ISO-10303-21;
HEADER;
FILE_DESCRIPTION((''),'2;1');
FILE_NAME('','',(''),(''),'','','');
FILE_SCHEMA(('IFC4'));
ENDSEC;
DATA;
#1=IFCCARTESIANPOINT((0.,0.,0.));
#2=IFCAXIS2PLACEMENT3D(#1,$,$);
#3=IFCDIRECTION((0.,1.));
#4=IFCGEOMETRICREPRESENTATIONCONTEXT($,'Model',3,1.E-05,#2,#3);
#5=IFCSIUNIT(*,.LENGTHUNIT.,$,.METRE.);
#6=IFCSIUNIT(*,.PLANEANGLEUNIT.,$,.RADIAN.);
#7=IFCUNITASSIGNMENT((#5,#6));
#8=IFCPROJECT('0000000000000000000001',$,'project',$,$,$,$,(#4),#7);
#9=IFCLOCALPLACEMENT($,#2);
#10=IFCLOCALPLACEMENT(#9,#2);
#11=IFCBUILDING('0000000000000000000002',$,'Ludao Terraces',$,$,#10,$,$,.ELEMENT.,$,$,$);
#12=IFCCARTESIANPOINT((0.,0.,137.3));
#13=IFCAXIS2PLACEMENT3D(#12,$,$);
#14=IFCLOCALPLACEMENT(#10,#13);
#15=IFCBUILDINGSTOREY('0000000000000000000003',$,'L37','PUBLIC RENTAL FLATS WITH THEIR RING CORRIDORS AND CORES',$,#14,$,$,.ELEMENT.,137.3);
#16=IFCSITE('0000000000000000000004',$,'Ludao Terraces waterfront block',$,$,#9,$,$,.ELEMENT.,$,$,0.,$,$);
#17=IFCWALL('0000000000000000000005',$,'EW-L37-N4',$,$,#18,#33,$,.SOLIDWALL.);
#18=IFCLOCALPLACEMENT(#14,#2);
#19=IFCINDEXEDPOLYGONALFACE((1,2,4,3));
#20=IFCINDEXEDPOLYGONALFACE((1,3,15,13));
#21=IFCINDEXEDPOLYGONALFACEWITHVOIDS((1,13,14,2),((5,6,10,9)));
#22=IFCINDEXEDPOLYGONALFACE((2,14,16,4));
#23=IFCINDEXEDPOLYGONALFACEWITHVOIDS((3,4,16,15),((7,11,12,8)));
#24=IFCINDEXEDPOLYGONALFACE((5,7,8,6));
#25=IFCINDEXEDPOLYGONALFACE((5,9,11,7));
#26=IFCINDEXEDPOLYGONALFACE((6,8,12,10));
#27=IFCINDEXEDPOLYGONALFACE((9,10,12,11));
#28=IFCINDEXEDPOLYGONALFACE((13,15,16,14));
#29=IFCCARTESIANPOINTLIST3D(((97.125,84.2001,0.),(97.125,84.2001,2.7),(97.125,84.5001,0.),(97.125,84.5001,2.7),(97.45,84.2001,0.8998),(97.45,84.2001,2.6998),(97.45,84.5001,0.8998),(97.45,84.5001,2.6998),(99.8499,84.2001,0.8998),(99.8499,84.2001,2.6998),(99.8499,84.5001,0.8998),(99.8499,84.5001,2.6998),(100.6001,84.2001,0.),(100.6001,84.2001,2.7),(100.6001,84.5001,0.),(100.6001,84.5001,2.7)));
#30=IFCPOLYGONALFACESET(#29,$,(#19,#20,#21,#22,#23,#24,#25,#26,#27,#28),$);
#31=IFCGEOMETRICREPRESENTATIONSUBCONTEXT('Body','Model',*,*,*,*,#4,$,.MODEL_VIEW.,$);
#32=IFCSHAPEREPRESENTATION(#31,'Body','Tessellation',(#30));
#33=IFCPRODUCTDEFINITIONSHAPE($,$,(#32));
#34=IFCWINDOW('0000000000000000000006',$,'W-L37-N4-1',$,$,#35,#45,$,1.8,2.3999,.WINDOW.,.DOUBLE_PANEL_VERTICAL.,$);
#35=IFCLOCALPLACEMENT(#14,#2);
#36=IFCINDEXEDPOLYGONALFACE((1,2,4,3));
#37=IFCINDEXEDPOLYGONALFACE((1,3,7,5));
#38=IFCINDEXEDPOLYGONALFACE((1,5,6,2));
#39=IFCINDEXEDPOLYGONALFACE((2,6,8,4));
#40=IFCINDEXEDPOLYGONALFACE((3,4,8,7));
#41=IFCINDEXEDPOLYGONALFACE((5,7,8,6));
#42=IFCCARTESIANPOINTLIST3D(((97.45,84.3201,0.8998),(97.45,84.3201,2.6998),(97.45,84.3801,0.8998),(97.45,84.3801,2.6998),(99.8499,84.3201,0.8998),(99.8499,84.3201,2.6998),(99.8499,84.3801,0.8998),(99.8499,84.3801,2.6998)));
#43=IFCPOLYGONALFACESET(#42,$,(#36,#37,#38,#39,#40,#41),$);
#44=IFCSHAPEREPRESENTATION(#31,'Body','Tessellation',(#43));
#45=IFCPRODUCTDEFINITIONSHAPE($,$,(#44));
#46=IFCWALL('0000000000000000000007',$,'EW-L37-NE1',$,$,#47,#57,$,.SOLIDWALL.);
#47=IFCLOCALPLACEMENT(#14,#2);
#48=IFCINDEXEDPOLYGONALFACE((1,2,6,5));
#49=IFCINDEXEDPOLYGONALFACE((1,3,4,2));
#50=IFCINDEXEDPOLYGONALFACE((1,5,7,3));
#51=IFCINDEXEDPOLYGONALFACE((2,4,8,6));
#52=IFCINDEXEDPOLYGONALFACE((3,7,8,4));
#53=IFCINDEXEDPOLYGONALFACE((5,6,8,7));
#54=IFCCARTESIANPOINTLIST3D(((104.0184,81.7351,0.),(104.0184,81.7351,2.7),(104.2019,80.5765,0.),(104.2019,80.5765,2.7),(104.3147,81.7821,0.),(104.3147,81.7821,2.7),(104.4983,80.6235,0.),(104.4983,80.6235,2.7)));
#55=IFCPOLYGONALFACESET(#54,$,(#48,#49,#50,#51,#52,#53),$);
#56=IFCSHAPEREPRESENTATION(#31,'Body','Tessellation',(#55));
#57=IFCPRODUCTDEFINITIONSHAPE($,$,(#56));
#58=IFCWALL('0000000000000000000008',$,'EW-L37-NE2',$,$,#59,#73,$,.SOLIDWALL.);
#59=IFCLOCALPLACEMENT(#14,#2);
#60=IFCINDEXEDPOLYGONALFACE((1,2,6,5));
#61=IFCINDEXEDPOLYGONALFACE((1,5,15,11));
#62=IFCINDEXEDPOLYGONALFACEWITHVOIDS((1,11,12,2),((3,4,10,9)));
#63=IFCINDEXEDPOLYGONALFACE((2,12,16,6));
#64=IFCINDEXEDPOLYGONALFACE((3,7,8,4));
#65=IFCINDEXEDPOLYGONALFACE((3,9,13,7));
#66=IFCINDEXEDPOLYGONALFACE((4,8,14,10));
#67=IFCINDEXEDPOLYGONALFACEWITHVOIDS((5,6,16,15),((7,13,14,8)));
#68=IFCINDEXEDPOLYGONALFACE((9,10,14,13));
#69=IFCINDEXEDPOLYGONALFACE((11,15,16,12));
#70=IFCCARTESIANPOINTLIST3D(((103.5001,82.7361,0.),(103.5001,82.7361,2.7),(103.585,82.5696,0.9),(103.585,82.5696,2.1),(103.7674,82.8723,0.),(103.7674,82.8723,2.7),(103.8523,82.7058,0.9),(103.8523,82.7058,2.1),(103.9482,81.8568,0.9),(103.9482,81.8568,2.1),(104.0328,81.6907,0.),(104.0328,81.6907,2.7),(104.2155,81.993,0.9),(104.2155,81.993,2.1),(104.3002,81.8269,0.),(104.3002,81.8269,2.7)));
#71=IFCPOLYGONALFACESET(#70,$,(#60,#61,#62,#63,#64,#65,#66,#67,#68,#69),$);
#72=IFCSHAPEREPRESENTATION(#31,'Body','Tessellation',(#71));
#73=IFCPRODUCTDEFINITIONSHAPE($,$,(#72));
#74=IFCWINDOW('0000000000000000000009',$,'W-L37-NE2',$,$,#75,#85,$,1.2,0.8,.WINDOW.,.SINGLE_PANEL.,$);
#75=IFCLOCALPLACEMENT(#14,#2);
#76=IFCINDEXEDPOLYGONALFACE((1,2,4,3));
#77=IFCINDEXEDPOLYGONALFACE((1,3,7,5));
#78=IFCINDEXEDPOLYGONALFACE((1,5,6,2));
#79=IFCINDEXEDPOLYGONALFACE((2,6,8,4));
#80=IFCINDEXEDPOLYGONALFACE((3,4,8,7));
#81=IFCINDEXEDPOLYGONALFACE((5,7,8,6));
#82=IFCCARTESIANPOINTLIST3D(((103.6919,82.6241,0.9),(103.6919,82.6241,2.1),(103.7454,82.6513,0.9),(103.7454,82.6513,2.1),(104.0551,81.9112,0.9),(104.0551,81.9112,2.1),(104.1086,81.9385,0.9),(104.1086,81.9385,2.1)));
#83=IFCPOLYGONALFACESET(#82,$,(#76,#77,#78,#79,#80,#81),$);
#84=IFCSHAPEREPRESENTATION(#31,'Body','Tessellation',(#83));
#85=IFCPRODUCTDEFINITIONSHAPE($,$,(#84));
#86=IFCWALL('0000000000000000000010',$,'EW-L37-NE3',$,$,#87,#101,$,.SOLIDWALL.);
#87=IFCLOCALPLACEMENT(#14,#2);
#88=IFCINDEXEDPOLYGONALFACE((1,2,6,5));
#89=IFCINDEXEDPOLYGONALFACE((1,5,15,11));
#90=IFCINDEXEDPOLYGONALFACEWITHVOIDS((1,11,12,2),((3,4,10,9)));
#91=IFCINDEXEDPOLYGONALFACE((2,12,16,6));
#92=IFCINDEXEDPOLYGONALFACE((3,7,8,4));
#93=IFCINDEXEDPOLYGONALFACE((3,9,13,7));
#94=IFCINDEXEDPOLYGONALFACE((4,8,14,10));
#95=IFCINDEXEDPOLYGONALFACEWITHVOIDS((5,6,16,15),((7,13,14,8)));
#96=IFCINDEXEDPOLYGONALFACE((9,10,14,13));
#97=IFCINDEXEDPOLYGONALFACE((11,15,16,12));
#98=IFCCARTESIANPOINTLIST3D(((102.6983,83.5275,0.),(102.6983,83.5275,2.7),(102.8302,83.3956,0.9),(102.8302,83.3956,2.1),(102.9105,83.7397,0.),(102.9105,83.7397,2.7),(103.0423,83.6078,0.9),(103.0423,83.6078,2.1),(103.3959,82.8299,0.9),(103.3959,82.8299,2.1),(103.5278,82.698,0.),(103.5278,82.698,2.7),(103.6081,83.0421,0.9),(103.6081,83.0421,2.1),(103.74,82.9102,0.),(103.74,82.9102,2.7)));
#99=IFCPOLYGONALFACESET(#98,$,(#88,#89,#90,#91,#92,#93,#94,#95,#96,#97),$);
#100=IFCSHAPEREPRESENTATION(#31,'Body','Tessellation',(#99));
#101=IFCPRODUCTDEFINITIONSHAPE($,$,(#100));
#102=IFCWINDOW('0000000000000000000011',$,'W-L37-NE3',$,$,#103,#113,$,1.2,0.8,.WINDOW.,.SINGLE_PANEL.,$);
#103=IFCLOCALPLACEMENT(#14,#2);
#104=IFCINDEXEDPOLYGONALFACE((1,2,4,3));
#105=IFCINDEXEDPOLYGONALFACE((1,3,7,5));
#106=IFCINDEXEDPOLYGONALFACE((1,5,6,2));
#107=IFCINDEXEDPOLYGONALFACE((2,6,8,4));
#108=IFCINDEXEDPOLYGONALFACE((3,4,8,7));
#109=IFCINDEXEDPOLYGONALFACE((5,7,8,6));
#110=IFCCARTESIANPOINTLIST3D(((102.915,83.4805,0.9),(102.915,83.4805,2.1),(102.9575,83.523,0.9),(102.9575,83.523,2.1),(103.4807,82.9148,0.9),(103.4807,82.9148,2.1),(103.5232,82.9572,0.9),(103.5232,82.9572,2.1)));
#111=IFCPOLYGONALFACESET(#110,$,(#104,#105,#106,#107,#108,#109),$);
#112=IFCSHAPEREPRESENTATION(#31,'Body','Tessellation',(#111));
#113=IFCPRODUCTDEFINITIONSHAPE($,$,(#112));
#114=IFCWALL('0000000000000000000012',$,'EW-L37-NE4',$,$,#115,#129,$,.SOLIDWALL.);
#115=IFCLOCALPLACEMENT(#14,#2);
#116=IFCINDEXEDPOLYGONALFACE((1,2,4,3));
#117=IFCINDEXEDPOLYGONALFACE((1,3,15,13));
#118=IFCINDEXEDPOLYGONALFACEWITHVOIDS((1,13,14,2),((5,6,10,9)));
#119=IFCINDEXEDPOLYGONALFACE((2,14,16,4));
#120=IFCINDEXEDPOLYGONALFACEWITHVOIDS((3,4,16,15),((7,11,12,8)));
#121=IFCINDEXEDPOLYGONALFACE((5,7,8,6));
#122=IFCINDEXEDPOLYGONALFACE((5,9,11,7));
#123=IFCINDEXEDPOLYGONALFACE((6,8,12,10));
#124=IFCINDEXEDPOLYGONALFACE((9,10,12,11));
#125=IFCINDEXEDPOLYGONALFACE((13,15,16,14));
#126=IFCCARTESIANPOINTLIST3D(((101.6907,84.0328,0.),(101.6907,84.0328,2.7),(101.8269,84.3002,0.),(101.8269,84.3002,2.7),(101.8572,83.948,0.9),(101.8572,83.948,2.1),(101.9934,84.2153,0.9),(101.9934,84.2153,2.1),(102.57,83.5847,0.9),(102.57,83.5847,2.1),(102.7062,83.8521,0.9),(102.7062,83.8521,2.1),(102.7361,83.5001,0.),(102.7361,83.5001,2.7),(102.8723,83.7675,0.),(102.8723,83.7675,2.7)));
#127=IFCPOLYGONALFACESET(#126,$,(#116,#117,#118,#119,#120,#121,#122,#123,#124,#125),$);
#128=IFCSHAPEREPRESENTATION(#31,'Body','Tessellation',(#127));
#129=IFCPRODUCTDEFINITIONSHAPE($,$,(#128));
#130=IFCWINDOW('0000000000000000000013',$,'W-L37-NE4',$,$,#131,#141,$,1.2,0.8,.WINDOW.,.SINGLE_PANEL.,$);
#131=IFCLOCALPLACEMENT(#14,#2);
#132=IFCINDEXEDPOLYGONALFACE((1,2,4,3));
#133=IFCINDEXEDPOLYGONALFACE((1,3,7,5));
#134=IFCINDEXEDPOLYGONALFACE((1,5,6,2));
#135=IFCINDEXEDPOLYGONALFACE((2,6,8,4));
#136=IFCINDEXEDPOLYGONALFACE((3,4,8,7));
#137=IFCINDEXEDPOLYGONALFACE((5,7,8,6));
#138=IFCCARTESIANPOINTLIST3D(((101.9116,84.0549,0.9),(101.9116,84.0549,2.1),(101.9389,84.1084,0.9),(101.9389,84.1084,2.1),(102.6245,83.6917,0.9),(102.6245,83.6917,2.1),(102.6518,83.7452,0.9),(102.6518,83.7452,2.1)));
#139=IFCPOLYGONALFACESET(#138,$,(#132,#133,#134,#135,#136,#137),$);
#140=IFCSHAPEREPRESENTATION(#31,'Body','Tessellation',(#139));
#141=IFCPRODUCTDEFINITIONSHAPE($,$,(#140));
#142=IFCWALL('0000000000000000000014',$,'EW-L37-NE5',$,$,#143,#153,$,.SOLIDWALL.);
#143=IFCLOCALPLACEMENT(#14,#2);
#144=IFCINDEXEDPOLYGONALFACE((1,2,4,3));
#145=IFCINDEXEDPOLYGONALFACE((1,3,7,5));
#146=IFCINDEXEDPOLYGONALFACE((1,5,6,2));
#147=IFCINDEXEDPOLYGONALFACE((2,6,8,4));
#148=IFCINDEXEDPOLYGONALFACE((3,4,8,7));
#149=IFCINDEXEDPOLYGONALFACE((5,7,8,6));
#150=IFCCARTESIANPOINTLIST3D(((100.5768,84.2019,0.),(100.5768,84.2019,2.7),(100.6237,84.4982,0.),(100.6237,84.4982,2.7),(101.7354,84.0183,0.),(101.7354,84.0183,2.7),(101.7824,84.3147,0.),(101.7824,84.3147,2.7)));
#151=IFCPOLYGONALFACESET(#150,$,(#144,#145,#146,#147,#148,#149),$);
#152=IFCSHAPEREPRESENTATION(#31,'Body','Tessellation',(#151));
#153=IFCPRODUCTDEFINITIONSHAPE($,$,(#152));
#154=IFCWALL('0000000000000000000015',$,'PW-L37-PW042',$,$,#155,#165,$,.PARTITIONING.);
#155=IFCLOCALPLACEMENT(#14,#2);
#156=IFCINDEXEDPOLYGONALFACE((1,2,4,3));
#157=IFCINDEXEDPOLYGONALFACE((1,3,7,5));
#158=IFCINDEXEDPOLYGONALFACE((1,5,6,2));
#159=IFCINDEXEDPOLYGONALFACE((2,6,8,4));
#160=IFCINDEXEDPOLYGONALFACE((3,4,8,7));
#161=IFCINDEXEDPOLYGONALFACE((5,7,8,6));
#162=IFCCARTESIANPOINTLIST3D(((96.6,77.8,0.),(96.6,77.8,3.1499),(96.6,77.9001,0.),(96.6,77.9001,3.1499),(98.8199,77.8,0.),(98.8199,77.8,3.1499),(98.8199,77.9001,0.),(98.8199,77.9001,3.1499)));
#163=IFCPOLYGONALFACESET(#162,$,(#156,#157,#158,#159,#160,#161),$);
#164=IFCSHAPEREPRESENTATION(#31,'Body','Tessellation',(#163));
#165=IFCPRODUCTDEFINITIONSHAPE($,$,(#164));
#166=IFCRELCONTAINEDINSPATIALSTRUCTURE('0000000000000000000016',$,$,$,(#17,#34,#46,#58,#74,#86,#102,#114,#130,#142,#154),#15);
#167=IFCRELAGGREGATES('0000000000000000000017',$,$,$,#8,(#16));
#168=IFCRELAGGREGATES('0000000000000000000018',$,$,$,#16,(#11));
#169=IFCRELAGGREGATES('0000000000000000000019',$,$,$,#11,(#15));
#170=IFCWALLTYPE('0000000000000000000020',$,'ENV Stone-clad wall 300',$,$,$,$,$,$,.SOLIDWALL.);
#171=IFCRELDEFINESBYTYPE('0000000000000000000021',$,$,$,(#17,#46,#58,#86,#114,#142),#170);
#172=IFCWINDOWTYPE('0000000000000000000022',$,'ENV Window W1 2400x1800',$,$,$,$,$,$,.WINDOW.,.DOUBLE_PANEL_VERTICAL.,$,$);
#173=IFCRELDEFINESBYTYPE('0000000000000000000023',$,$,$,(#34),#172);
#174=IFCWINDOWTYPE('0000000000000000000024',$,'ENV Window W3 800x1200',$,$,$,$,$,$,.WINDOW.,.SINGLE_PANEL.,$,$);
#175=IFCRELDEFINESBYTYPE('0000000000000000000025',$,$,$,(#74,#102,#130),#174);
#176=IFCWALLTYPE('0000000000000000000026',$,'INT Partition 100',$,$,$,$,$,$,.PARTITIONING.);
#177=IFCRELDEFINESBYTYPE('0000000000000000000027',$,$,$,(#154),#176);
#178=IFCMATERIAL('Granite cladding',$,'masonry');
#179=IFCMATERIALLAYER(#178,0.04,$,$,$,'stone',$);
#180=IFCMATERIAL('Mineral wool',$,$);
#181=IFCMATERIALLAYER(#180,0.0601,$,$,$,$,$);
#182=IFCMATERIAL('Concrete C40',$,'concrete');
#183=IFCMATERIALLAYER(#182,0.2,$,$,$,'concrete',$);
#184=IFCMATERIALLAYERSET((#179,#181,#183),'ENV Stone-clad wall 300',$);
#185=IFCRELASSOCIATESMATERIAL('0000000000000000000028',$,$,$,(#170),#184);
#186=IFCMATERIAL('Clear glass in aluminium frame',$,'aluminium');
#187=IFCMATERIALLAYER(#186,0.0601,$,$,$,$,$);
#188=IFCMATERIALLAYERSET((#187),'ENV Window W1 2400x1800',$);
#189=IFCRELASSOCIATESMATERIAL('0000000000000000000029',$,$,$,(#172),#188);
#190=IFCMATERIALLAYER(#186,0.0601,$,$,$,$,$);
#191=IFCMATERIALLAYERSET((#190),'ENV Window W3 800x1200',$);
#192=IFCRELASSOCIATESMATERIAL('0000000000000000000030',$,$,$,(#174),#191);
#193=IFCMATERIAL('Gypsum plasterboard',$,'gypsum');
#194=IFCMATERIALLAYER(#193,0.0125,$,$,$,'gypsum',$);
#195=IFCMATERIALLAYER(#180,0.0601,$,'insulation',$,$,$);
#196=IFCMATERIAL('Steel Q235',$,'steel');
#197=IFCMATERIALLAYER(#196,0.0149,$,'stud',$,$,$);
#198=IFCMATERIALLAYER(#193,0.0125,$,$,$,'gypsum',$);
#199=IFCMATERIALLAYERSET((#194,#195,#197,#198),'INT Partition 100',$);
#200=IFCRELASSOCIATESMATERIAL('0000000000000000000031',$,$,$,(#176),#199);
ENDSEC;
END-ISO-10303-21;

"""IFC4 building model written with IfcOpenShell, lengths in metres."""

from ifc_helpers import new_model, si_unit, direction, frame, frame_2d, origin, place, context, subcontext, project, spatial, rectangle, extrude, material, layer, layer_set, type_object, element, fill, save


model = new_model("IFC4")

# Units and contexts
model_context = context("Model", 3, precision=1e-05, world=origin(), true_north=direction((0.0, 1.0)))
body_context = subcontext(model_context, "Body", "Model", "MODEL_VIEW")
ifc_project = project(units=[si_unit("LENGTHUNIT", "METRE"), si_unit("PLANEANGLEUNIT", "RADIAN")], contexts=[model_context])

# Site, building, storey
site_placement = place(None, origin())
site = spatial("IfcSite", under=ifc_project, at=site_placement, Name="Ludao Terraces waterfront block", CompositionType="ELEMENT", RefElevation=0.0)
building_placement = place(site_placement, origin())
building = spatial("IfcBuilding", under=site, at=building_placement, Name="Ludao Terraces", CompositionType="ELEMENT")
storey_placement = place(building_placement, frame((0.0, 0.0, 137.3)))
storey = spatial("IfcBuildingStorey", under=building, at=storey_placement, Name="L37", Description="PUBLIC RENTAL FLATS WITH THEIR RING CORRIDORS AND CORES", CompositionType="ELEMENT", Elevation=137.3)

# Shared definitions
ifc_material_1 = material(Name="Concrete C40", Category="concrete")

# Shared definitions
ifc_material_2 = material(Name="Steel Q235", Category="steel")

# Shared definitions
ifc_material_3 = material(Name="Granite cladding", Category="masonry")
ifc_layer_1 = layer(ifc_material_3, 0.04, Category="stone")
ifc_material_4 = material(Name="Mineral wool")
ifc_layer_2 = layer(ifc_material_4, 0.0601)
ifc_layer_3 = layer(ifc_material_1, 0.2, Category="concrete")
ifc_layer_set_1 = layer_set([ifc_layer_1, ifc_layer_2, ifc_layer_3], Name="ENV Stone-clad wall 300")
wall_type_1 = type_object("IfcWallType", Name="ENV Stone-clad wall 300", PredefinedType="SOLIDWALL", material=ifc_layer_set_1)
ifc_material_5 = material(Name="Clear glass in aluminium frame", Category="aluminium")
ifc_layer_4 = layer(ifc_material_5, 0.0601)
ifc_layer_set_2 = layer_set([ifc_layer_4], Name="ENV Window W1 2400x1800")
window_type_1 = type_object("IfcWindowType", Name="ENV Window W1 2400x1800", PartitioningType="DOUBLE_PANEL_VERTICAL", PredefinedType="WINDOW", material=ifc_layer_set_2)

# Wall, opening, window
wall_1_placement = place(storey_placement, frame((97.125, 84.3501, 0.0), z_axis=(0.0, 0.0, 1.0), x_axis=(1.0, 0.0, 0.0)))
wall_1 = element("IfcWall", 1, at=wall_1_placement, inside=storey, type_object=wall_type_1, Name="EW-L37-N4", PredefinedType="SOLIDWALL", context=body_context, shape_type="SweptSolid", body=[
    extrude(rectangle(XDim=3.4751, YDim=0.3, at=frame_2d((1.7375, 0.0))), origin(), (0.0, 0.0, 1.0), 2.7),
])
opening_1_placement = place(wall_1_placement, frame((0.325, 0.0, 0.8999)))
opening_1 = element("IfcOpeningElement", 2, at=opening_1_placement, cuts=wall_1, PredefinedType="OPENING", context=body_context, shape_type="SweptSolid", body=[
    extrude(rectangle(XDim=2.3999, YDim=1.8, at=frame_2d((1.2, 0.8999))), frame((0.0, 0.1602, 0.0), z_axis=(0.0, -1.0, 0.0), x_axis=(1.0, 0.0, 0.0)), (0.0, 0.0, 1.0), 0.3201),
])
window_1_placement = place(opening_1_placement, origin())
window_1 = element("IfcWindow", 3, at=window_1_placement, inside=storey, type_object=window_type_1, Name="W-L37-N4-1", OverallHeight=1.8, OverallWidth=2.3999, PartitioningType="DOUBLE_PANEL_VERTICAL", PredefinedType="WINDOW", context=body_context, shape_type="SweptSolid", body=[
    extrude(rectangle(XDim=2.3999, YDim=1.8, at=frame_2d((1.2, 0.8999))), frame((0.0, 0.03, 0.0), z_axis=(0.0, -1.0, 0.0), x_axis=(1.0, 0.0, 0.0)), (0.0, 0.0, 1.0), 0.0601),
])
fill(opening_1, window_1)

# Wall
wall_2_placement = place(storey_placement, frame((104.3501, 80.6001, 0.0), z_axis=(0.0, 0.0, 1.0), x_axis=(-0.156497, 0.987678, 0.0)))
element("IfcWall", 4, at=wall_2_placement, inside=storey, type_object=wall_type_1, Name="EW-L37-NE1", PredefinedType="SOLIDWALL", context=body_context, shape_type="SweptSolid", body=[
    extrude(rectangle(XDim=1.1731, YDim=0.3, at=frame_2d((0.5864, 0.0))), origin(), (0.0, 0.0, 1.0), 2.7),
])

# Walls, openings, windows
wall_3_placement = place(storey_placement, frame((104.1665, 81.7588, 0.0), z_axis=(0.0, 0.0, 1.0), x_axis=(-0.454026, 0.890989, 0.0)))
wall_3 = element("IfcWall", 5, at=wall_3_placement, inside=storey, type_object=wall_type_1, Name="EW-L37-NE2", PredefinedType="SOLIDWALL", context=body_context, shape_type="SweptSolid", body=[
    extrude(rectangle(XDim=1.1733, YDim=0.3, at=frame_2d((0.5867, 0.0))), origin(), (0.0, 0.0, 1.0), 2.7),
])
opening_2_placement = place(wall_3_placement, frame((0.1865, 0.0, 0.8999)))
opening_2 = element("IfcOpeningElement", 6, at=opening_2_placement, cuts=wall_3, PredefinedType="OPENING", context=body_context, shape_type="SweptSolid", body=[
    extrude(rectangle(XDim=0.8, YDim=1.2, at=frame_2d((0.3999, 0.6001))), frame((0.0, 0.1602, 0.0), z_axis=(0.0, -1.0, 0.0), x_axis=(1.0, 0.0, 0.0)), (0.0, 0.0, 1.0), 0.3201),
])
ifc_layer_5 = layer(ifc_material_5, 0.0601)
ifc_layer_set_3 = layer_set([ifc_layer_5], Name="ENV Window W3 800x1200")
window_type_2 = type_object("IfcWindowType", Name="ENV Window W3 800x1200", PartitioningType="SINGLE_PANEL", PredefinedType="WINDOW", material=ifc_layer_set_3)
window_2_placement = place(opening_2_placement, origin())
window_2 = element("IfcWindow", 7, at=window_2_placement, inside=storey, type_object=window_type_2, Name="W-L37-NE2", OverallHeight=1.2, OverallWidth=0.8, PartitioningType="SINGLE_PANEL", PredefinedType="WINDOW", context=body_context, shape_type="SweptSolid", body=[
    extrude(rectangle(XDim=0.8, YDim=1.2, at=frame_2d((0.3999, 0.6001))), frame((0.0, 0.03, 0.0), z_axis=(0.0, -1.0, 0.0), x_axis=(1.0, 0.0, 0.0)), (0.0, 0.0, 1.0), 0.0601),
])
fill(opening_2, window_2)
wall_4_placement = place(storey_placement, frame((103.6338, 82.8042, 0.0), z_axis=(0.0, 0.0, 1.0), x_axis=(-0.707107, 0.707107, 0.0)))
wall_4 = element("IfcWall", 8, at=wall_4_placement, inside=storey, type_object=wall_type_1, Name="EW-L37-NE3", PredefinedType="SOLIDWALL", context=body_context, shape_type="SweptSolid", body=[
    extrude(rectangle(XDim=1.1731, YDim=0.3, at=frame_2d((0.5864, 0.0))), origin(), (0.0, 0.0, 1.0), 2.7),
])
opening_3_placement = place(wall_4_placement, frame((0.1865, 0.0, 0.8999)))
opening_3 = element("IfcOpeningElement", 9, at=opening_3_placement, cuts=wall_4, PredefinedType="OPENING", context=body_context, shape_type="SweptSolid", body=[
    extrude(rectangle(XDim=0.8, YDim=1.2, at=frame_2d((0.3999, 0.6001))), frame((0.0, 0.1602, 0.0), z_axis=(0.0, -1.0, 0.0), x_axis=(1.0, 0.0, 0.0)), (0.0, 0.0, 1.0), 0.3201),
])
window_3_placement = place(opening_3_placement, origin())
window_3 = element("IfcWindow", 10, at=window_3_placement, inside=storey, type_object=window_type_2, Name="W-L37-NE3", OverallHeight=1.2, OverallWidth=0.8, PartitioningType="SINGLE_PANEL", PredefinedType="WINDOW", context=body_context, shape_type="SweptSolid", body=[
    extrude(rectangle(XDim=0.8, YDim=1.2, at=frame_2d((0.3999, 0.6001))), frame((0.0, 0.03, 0.0), z_axis=(0.0, -1.0, 0.0), x_axis=(1.0, 0.0, 0.0)), (0.0, 0.0, 1.0), 0.0601),
])
fill(opening_3, window_3)
wall_5_placement = place(storey_placement, frame((102.8042, 83.6338, 0.0), z_axis=(0.0, 0.0, 1.0), x_axis=(-0.890989, 0.454026, 0.0)))
wall_5 = element("IfcWall", 11, at=wall_5_placement, inside=storey, type_object=wall_type_1, Name="EW-L37-NE4", PredefinedType="SOLIDWALL", context=body_context, shape_type="SweptSolid", body=[
    extrude(rectangle(XDim=1.1733, YDim=0.3, at=frame_2d((0.5867, 0.0))), origin(), (0.0, 0.0, 1.0), 2.7),
])
opening_4_placement = place(wall_5_placement, frame((0.1865, 0.0, 0.8999)))
opening_4 = element("IfcOpeningElement", 12, at=opening_4_placement, cuts=wall_5, PredefinedType="OPENING", context=body_context, shape_type="SweptSolid", body=[
    extrude(rectangle(XDim=0.8, YDim=1.2, at=frame_2d((0.3999, 0.6001))), frame((0.0, 0.1602, 0.0), z_axis=(0.0, -1.0, 0.0), x_axis=(1.0, 0.0, 0.0)), (0.0, 0.0, 1.0), 0.3201),
])
window_4_placement = place(opening_4_placement, origin())
window_4 = element("IfcWindow", 13, at=window_4_placement, inside=storey, type_object=window_type_2, Name="W-L37-NE4", OverallHeight=1.2, OverallWidth=0.8, PartitioningType="SINGLE_PANEL", PredefinedType="WINDOW", context=body_context, shape_type="SweptSolid", body=[
    extrude(rectangle(XDim=0.8, YDim=1.2, at=frame_2d((0.3999, 0.6001))), frame((0.0, 0.03, 0.0), z_axis=(0.0, -1.0, 0.0), x_axis=(1.0, 0.0, 0.0)), (0.0, 0.0, 1.0), 0.0601),
])
fill(opening_4, window_4)

# Walls
wall_6_placement = place(storey_placement, frame((101.7588, 84.1665, 0.0), z_axis=(0.0, 0.0, 1.0), x_axis=(-0.987678, 0.156497, 0.0)))
element("IfcWall", 14, at=wall_6_placement, inside=storey, type_object=wall_type_1, Name="EW-L37-NE5", PredefinedType="SOLIDWALL", context=body_context, shape_type="SweptSolid", body=[
    extrude(rectangle(XDim=1.1731, YDim=0.3, at=frame_2d((0.5864, 0.0))), origin(), (0.0, 0.0, 1.0), 2.7),
])
ifc_material_6 = material(Name="Gypsum plasterboard", Category="gypsum")
ifc_layer_6 = layer(ifc_material_6, 0.0125, Category="gypsum")
ifc_layer_7 = layer(ifc_material_4, 0.0601, Name="insulation")
ifc_layer_8 = layer(ifc_material_2, 0.0149, Name="stud")
ifc_layer_9 = layer(ifc_material_6, 0.0125, Category="gypsum")
ifc_layer_set_4 = layer_set([ifc_layer_6, ifc_layer_7, ifc_layer_8, ifc_layer_9], Name="INT Partition 100")
wall_type_2 = type_object("IfcWallType", Name="INT Partition 100", PredefinedType="PARTITIONING", material=ifc_layer_set_4)
for number, where, z_axis, x_axis, name in (
    (15, (96.6001, 77.8501, 0.0), (0.0, 0.0, 1.0), (1.0, 0.0, 0.0), "PW-L37-PW042"),
):
    element("IfcWall", number, at=place(storey_placement, frame(where, z_axis=z_axis, x_axis=x_axis)), inside=storey, type_object=wall_type_2, Name=name, PredefinedType="PARTITIONING", context=body_context, shape_type="SweptSolid", body=[
        extrude(rectangle(XDim=2.22, YDim=0.1001, at=frame_2d((1.1099, 0.0))), origin(), (0.0, 0.0, 1.0), 3.1499),
    ])

save(model, "model.ifc")
